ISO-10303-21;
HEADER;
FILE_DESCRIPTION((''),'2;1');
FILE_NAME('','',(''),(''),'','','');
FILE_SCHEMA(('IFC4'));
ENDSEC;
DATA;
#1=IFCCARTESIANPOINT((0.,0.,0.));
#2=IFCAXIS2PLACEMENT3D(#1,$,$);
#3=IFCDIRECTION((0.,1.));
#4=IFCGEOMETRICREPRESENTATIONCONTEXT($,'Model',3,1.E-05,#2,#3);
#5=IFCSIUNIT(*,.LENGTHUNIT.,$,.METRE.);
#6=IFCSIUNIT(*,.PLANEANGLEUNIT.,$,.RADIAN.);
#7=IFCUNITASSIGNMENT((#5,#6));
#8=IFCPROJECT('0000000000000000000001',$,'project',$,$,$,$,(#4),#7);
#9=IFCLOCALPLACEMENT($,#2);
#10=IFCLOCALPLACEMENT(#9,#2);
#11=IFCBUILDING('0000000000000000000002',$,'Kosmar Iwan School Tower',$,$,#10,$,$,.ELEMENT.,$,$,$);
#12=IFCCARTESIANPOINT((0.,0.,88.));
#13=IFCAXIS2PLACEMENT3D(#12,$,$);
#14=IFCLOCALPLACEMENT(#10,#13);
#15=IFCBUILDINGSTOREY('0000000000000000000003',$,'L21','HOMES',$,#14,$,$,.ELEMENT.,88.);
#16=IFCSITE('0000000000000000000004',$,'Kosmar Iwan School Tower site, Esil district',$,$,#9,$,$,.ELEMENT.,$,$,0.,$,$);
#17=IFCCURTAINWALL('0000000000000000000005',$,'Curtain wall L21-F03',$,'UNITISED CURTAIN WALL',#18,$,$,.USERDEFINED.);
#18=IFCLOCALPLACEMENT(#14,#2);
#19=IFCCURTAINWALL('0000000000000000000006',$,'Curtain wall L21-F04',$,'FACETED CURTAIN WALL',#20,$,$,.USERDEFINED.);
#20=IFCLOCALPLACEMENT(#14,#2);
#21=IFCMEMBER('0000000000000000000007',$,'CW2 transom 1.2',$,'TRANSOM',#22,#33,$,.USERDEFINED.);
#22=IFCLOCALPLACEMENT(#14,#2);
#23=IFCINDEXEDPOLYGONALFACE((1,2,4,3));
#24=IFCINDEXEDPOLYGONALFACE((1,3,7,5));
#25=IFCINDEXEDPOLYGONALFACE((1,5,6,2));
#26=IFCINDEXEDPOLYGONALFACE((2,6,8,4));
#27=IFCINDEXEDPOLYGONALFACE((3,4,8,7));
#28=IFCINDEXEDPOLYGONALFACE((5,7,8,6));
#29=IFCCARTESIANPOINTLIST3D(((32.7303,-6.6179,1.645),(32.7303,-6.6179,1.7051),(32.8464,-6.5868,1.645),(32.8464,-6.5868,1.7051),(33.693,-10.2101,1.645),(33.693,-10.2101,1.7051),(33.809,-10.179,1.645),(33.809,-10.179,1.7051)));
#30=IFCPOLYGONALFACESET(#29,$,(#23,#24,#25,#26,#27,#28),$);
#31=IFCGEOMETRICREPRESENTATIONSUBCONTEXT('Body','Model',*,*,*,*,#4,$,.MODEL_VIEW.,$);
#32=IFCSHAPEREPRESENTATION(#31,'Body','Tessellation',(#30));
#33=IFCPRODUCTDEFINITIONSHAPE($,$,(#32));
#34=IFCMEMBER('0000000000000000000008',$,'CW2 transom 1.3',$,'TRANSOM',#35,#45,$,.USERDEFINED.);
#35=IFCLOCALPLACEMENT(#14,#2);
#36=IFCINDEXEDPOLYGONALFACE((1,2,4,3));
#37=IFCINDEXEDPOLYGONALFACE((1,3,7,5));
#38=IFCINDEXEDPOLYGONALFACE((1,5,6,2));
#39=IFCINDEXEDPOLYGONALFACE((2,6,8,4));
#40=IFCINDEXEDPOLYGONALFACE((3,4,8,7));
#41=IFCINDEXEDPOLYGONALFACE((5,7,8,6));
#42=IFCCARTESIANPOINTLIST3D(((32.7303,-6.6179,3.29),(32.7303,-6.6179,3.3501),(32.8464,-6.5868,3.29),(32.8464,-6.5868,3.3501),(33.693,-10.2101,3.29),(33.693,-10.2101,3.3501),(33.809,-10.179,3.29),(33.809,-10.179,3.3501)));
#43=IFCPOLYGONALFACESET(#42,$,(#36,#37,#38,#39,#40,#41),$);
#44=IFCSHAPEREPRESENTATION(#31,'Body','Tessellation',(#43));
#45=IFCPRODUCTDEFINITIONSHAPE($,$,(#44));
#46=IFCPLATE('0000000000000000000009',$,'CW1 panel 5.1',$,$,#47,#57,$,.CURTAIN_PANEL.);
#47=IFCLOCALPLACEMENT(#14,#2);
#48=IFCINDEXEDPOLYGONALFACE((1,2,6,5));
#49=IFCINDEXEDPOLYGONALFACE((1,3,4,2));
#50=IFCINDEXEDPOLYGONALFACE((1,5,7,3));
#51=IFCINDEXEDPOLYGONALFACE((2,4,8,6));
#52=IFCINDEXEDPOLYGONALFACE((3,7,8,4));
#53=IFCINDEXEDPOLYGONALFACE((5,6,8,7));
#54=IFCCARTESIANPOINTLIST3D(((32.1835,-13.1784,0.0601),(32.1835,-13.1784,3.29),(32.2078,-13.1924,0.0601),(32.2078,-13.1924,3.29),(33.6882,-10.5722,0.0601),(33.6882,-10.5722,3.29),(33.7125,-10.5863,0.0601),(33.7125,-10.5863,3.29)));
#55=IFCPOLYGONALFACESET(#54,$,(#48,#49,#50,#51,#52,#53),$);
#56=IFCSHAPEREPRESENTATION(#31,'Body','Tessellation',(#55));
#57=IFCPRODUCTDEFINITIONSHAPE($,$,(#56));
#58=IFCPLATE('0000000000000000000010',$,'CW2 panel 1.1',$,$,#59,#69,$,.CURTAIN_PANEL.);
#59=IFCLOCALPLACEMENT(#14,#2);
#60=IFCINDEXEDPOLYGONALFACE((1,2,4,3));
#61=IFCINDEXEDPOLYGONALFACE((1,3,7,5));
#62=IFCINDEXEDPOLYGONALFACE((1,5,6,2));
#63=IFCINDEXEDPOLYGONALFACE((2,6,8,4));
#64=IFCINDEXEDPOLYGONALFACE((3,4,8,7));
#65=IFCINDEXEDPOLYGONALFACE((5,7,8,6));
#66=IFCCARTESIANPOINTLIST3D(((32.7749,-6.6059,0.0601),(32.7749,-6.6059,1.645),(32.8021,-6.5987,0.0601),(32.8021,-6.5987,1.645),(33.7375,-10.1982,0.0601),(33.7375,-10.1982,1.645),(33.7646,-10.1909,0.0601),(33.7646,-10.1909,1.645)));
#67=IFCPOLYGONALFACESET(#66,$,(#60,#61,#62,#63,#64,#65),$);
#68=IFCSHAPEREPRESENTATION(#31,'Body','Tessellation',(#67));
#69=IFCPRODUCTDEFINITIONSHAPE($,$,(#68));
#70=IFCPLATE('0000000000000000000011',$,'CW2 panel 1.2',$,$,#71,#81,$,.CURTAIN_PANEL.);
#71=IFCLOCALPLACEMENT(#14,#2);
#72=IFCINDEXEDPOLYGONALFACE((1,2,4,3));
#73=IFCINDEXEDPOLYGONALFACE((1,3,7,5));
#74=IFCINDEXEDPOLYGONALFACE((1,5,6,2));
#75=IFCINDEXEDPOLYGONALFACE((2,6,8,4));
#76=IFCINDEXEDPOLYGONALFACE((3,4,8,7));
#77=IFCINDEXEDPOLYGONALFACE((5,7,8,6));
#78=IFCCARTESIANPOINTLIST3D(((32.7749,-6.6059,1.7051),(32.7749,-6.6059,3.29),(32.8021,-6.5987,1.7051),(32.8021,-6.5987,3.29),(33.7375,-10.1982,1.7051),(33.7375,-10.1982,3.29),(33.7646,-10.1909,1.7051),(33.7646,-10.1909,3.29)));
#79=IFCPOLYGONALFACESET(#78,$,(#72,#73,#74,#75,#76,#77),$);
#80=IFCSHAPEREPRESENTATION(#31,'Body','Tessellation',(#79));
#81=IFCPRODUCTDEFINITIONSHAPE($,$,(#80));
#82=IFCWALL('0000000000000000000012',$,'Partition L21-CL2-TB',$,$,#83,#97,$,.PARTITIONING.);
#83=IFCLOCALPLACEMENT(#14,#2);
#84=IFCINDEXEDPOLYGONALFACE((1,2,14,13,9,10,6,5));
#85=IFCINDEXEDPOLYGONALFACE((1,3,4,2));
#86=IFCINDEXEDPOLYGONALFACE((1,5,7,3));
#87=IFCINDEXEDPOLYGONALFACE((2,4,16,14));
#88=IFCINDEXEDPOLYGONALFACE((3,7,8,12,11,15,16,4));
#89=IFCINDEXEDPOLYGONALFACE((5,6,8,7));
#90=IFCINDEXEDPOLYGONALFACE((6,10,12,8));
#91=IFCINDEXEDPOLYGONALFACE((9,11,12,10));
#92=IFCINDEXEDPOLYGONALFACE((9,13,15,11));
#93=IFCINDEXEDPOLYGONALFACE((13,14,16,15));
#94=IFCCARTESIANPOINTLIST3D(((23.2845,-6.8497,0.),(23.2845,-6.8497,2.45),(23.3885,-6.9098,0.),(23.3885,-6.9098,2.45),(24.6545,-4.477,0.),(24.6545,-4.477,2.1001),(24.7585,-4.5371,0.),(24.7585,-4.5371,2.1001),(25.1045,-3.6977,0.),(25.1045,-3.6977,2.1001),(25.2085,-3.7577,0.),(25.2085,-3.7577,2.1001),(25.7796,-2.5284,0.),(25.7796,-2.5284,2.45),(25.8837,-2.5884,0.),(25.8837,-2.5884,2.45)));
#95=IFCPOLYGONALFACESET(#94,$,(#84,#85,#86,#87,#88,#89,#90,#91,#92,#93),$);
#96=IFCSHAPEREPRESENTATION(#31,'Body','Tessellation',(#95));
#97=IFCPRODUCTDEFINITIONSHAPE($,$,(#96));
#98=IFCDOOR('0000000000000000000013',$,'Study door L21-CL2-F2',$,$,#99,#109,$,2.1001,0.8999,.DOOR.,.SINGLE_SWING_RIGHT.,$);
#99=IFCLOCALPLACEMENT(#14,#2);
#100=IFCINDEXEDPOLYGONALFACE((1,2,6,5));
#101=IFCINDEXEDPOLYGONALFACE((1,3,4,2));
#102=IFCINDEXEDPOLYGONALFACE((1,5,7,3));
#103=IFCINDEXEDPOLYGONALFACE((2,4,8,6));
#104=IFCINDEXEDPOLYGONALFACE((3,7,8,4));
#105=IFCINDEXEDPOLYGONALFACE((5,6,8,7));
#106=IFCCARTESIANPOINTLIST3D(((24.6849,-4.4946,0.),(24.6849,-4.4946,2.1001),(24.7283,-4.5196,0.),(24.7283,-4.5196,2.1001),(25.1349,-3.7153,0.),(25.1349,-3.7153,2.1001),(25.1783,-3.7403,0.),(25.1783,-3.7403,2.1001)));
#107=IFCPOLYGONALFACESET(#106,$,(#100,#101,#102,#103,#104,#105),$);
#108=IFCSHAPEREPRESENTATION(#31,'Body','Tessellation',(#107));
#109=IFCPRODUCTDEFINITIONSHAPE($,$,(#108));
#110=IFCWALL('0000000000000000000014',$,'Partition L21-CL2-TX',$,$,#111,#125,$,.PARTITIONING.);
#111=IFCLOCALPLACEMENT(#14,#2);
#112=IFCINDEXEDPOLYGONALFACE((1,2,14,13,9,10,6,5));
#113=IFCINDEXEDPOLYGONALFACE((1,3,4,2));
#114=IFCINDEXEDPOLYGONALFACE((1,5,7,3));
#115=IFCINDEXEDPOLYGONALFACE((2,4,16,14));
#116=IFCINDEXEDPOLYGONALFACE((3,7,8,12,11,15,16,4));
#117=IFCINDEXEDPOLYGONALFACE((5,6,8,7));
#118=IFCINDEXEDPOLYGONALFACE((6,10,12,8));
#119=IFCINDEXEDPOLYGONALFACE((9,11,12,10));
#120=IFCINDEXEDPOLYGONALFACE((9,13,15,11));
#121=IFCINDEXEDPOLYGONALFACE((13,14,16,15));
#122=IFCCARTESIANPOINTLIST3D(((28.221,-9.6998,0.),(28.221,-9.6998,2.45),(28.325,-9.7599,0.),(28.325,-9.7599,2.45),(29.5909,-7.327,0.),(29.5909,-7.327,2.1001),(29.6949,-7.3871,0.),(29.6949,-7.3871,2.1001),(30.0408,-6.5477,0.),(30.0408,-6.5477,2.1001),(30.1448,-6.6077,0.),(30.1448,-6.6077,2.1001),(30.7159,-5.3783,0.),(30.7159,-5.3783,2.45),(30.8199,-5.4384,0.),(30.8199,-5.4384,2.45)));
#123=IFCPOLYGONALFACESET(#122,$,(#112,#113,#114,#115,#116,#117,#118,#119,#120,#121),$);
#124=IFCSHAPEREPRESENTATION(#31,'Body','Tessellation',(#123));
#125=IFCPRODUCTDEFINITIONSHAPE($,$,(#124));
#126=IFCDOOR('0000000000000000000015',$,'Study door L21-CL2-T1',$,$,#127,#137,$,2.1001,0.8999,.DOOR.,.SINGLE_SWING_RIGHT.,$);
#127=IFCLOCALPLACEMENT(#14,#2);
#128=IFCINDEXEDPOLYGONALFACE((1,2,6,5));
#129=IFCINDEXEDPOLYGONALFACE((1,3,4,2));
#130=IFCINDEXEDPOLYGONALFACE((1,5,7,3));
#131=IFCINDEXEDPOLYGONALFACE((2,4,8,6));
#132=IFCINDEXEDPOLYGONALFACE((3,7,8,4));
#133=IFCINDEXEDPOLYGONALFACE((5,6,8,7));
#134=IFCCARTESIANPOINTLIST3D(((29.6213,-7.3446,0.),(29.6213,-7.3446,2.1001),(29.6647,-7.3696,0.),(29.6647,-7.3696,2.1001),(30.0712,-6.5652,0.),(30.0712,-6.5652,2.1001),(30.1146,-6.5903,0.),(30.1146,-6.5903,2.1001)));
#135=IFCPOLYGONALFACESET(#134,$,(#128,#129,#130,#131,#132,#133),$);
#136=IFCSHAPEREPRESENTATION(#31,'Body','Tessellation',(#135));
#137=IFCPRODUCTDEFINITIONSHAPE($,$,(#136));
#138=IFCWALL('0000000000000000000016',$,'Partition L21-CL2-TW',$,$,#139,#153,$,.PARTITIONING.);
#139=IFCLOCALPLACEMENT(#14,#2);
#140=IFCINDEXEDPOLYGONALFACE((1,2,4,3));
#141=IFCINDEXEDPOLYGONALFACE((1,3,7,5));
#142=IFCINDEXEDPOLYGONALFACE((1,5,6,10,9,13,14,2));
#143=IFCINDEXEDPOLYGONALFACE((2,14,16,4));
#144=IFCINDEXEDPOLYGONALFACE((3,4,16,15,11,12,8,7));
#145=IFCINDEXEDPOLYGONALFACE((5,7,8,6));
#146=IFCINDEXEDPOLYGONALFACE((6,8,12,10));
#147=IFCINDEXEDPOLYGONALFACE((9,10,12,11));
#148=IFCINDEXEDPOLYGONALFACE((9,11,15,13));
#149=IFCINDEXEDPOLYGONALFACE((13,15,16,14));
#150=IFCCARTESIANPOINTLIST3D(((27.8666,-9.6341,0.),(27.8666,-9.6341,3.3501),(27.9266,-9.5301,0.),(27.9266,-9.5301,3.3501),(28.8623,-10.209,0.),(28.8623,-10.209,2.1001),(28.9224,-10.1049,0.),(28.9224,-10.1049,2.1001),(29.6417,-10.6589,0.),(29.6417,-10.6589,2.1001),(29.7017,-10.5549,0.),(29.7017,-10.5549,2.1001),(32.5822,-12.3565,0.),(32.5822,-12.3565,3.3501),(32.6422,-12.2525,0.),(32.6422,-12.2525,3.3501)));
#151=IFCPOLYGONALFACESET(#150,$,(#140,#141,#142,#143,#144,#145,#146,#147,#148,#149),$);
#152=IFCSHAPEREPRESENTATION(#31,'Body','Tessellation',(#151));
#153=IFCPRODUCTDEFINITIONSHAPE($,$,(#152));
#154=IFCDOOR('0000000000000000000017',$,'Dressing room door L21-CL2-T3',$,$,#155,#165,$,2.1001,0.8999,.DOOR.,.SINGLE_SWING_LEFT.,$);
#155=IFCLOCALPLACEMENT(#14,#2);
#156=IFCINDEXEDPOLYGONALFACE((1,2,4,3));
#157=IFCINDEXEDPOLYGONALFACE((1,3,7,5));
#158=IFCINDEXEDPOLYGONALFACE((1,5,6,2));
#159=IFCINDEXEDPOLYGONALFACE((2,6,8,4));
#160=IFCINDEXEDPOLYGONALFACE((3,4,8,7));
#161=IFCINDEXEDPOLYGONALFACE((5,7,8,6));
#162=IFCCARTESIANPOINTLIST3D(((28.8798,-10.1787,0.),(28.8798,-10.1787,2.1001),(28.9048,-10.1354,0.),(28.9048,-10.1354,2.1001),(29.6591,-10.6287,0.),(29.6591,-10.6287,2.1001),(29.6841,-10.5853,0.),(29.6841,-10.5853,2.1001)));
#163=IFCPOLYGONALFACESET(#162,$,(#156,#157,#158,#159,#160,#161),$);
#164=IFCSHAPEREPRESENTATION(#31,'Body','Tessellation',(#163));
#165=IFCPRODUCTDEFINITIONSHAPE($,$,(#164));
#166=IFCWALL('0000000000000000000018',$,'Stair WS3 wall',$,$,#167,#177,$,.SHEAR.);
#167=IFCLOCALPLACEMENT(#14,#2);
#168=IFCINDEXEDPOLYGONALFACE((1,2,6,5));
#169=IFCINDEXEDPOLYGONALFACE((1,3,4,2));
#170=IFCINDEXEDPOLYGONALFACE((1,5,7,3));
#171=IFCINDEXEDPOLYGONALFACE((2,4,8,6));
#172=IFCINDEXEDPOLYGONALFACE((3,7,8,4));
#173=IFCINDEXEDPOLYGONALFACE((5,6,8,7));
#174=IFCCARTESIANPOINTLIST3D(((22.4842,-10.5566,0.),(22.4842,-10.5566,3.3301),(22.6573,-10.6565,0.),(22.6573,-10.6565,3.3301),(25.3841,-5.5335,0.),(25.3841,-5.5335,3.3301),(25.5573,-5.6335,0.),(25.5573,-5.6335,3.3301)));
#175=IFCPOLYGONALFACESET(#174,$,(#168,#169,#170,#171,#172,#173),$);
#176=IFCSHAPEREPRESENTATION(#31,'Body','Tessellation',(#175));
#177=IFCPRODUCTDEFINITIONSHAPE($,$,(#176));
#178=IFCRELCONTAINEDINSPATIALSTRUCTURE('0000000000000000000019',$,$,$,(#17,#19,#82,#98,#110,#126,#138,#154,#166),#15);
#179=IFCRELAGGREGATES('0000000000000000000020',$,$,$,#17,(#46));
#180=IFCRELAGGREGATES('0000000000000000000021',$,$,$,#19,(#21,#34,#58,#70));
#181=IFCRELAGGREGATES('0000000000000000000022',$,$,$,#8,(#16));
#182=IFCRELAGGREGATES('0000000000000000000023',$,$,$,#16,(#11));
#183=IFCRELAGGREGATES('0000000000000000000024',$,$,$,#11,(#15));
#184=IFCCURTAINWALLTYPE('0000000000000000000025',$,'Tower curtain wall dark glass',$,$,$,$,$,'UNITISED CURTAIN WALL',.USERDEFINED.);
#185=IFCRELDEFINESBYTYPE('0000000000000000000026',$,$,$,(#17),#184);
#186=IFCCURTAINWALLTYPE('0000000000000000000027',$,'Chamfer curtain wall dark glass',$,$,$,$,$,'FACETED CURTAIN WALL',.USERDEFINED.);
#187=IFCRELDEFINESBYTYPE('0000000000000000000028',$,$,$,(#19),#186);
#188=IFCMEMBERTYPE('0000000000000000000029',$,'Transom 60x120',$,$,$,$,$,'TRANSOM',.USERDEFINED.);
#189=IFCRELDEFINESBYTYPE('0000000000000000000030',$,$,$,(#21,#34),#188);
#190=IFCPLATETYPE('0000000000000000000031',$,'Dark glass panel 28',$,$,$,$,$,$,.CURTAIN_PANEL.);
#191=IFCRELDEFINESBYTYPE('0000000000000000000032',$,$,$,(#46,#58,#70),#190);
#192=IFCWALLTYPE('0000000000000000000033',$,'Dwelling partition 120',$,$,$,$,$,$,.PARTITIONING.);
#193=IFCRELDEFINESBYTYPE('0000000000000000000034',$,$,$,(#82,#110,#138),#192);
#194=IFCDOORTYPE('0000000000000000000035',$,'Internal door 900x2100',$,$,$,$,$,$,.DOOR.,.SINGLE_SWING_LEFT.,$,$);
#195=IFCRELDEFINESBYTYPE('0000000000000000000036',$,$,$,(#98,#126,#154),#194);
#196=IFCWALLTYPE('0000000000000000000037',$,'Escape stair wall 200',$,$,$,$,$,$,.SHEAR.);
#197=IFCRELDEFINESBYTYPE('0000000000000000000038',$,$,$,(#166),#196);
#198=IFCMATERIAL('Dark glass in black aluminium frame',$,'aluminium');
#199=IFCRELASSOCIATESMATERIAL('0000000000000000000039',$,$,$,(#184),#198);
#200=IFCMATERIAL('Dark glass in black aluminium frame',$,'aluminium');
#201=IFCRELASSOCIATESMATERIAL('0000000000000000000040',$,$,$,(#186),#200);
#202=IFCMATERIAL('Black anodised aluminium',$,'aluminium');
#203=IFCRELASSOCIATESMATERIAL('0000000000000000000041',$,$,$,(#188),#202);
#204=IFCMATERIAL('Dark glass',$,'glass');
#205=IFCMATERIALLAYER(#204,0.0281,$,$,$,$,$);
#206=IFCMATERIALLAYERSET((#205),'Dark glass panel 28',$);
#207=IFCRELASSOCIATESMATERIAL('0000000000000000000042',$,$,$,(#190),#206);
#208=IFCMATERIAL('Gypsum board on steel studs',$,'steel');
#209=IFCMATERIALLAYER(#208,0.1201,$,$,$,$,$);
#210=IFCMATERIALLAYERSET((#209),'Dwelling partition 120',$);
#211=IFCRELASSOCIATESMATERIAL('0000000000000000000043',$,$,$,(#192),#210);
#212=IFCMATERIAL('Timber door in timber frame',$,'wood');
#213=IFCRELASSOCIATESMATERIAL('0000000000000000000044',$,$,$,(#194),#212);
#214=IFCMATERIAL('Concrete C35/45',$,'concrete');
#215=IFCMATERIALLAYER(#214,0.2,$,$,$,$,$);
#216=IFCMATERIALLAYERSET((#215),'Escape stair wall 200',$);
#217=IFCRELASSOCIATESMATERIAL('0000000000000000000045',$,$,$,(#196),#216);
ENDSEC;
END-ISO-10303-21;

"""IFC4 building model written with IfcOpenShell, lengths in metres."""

from ifc_helpers import new_model, si_unit, direction, frame, frame_2d, origin, origin_2d, place, context, subcontext, project, spatial, rectangle, extrude, material, layer, layer_set, material_profile, profile_set, type_object, element, fill, aggregate, save


model = new_model("IFC4")

# Units and contexts
model_context = context("Model", 3, precision=1e-05, world=origin(), true_north=direction((0.0, 1.0)))
body_context = subcontext(model_context, "Body", "Model", "MODEL_VIEW")
ifc_project = project(units=[si_unit("LENGTHUNIT", "METRE"), si_unit("PLANEANGLEUNIT", "RADIAN")], contexts=[model_context])

# Site, building, storey
site_placement = place(None, origin())
site = spatial("IfcSite", under=ifc_project, at=site_placement, Name="Kosmar Iwan School Tower site, Esil district", CompositionType="ELEMENT", RefElevation=0.0)
building_placement = place(site_placement, origin())
building = spatial("IfcBuilding", under=site, at=building_placement, Name="Kosmar Iwan School Tower", CompositionType="ELEMENT")
storey_placement = place(building_placement, frame((0.0, 0.0, 88.0)))
storey = spatial("IfcBuildingStorey", under=building, at=storey_placement, Name="L21", Description="HOMES", CompositionType="ELEMENT", Elevation=88.0)

# Curtain wall
ifc_material_1 = material(Name="Dark glass in black aluminium frame", Category="aluminium")
curtain_wall_type_1 = type_object("IfcCurtainWallType", Name="Tower curtain wall dark glass", ElementType="UNITISED CURTAIN WALL", PredefinedType="USERDEFINED", material=ifc_material_1)
curtain_wall_1_placement = place(storey_placement, origin())
curtain_wall_1 = element("IfcCurtainWall", 1, at=curtain_wall_1_placement, inside=storey, type_object=curtain_wall_type_1, Name="Curtain wall L21-F03", ObjectType="UNITISED CURTAIN WALL", PredefinedType="USERDEFINED")

# Curtain wall
ifc_material_2 = material(Name="Dark glass in black aluminium frame", Category="aluminium")
curtain_wall_type_2 = type_object("IfcCurtainWallType", Name="Chamfer curtain wall dark glass", ElementType="FACETED CURTAIN WALL", PredefinedType="USERDEFINED", material=ifc_material_2)
curtain_wall_2_placement = place(storey_placement, origin())
curtain_wall_2 = element("IfcCurtainWall", 2, at=curtain_wall_2_placement, inside=storey, type_object=curtain_wall_type_2, Name="Curtain wall L21-F04", ObjectType="FACETED CURTAIN WALL", PredefinedType="USERDEFINED")

# Members
ifc_material_3 = material(Name="Black anodised aluminium", Category="aluminium")
ifc_material_profile_1 = material_profile(ifc_material_3, rectangle(XDim=0.1201, YDim=0.0601, at=origin_2d()), Name="TRANSOM 60x120")
ifc_profile_set_1 = profile_set([ifc_material_profile_1], Name="Black anodised aluminium")
member_type_1 = type_object("IfcMemberType", Name="Transom 60x120", ElementType="TRANSOM", PredefinedType="USERDEFINED", material=ifc_profile_set_1)
member_1_placement = place(storey_placement, frame((33.751, -10.1946, 1.675), z_axis=(-0.258843, 0.965919, 0.0), x_axis=(-0.965919, -0.258843, 0.0)))
member_1 = element("IfcMember", 3, at=member_1_placement, type_object=member_type_1, Name="CW2 transom 1.2", ObjectType="TRANSOM", PredefinedType="USERDEFINED", context=body_context, shape_type="SweptSolid", body=[
    extrude(rectangle(XDim=0.1201, YDim=0.0601, at=origin_2d()), origin(), (0.0, 0.0, 1.0), 3.719),
])
member_2_placement = place(storey_placement, frame((33.751, -10.1946, 3.3201), z_axis=(-0.258843, 0.965919, 0.0), x_axis=(-0.965919, -0.258843, 0.0)))
member_2 = element("IfcMember", 4, at=member_2_placement, type_object=member_type_1, Name="CW2 transom 1.3", ObjectType="TRANSOM", PredefinedType="USERDEFINED", context=body_context, shape_type="SweptSolid", body=[
    extrude(rectangle(XDim=0.1201, YDim=0.0601, at=origin_2d()), origin(), (0.0, 0.0, 1.0), 3.719),
])

# Plates
ifc_material_4 = material(Name="Dark glass", Category="glass")
ifc_layer_1 = layer(ifc_material_4, 0.0281)
ifc_layer_set_1 = layer_set([ifc_layer_1], Name="Dark glass panel 28")
plate_type = type_object("IfcPlateType", Name="Dark glass panel 28", PredefinedType="CURTAIN_PANEL", material=ifc_layer_set_1)
plate_1_placement = place(storey_placement, frame((32.948, -11.8823, 0.0601), z_axis=(0.0, 0.0, 1.0), x_axis=(0.5, 0.866025, 0.0)))
plate_1 = element("IfcPlate", 5, at=plate_1_placement, type_object=plate_type, Name="CW1 panel 5.1", PredefinedType="CURTAIN_PANEL", context=body_context, shape_type="SweptSolid", body=[
    extrude(rectangle(XDim=3.0093, YDim=0.0281, at=origin_2d()), origin(), (0.0, 0.0, 1.0), 3.23),
])
aggregate(curtain_wall_1, [plate_1])
plate_2_placement = place(storey_placement, frame((33.2698, -8.3984, 0.0601), z_axis=(0.0, 0.0, 1.0), x_axis=(-0.258819, 0.965926, 0.0)))
plate_2 = element("IfcPlate", 6, at=plate_2_placement, type_object=plate_type, Name="CW2 panel 1.1", PredefinedType="CURTAIN_PANEL", context=body_context, shape_type="SweptSolid", body=[
    extrude(rectangle(XDim=3.719, YDim=0.0281, at=origin_2d()), origin(), (0.0, 0.0, 1.0), 1.585),
])
plate_3_placement = place(storey_placement, frame((33.2698, -8.3984, 1.7051), z_axis=(0.0, 0.0, 1.0), x_axis=(-0.258819, 0.965926, 0.0)))
plate_3 = element("IfcPlate", 7, at=plate_3_placement, type_object=plate_type, Name="CW2 panel 1.2", PredefinedType="CURTAIN_PANEL", context=body_context, shape_type="SweptSolid", body=[
    extrude(rectangle(XDim=3.719, YDim=0.0281, at=origin_2d()), origin(), (0.0, 0.0, 1.0), 1.585),
])
aggregate(curtain_wall_2, [member_1, member_2, plate_2, plate_3])

# Walls, openings, doors
ifc_material_5 = material(Name="Gypsum board on steel studs", Category="steel")
ifc_layer_2 = layer(ifc_material_5, 0.1201)
ifc_layer_set_2 = layer_set([ifc_layer_2], Name="Dwelling partition 120")
wall_type_1 = type_object("IfcWallType", Name="Dwelling partition 120", PredefinedType="PARTITIONING", material=ifc_layer_set_2)
wall_1_placement = place(storey_placement, frame((23.3364, -6.8799, 0.0), z_axis=(0.0, 0.0, 1.0), x_axis=(0.500033, 0.866006, 0.0)))
wall_1 = element("IfcWall", 8, at=wall_1_placement, inside=storey, type_object=wall_type_1, Name="Partition L21-CL2-TB", PredefinedType="PARTITIONING", context=body_context, shape_type="SweptSolid", body=[
    extrude(rectangle(XDim=4.99, YDim=0.1201, at=frame_2d((2.4951, 0.0))), origin(), (0.0, 0.0, 1.0), 2.45),
])
opening_1_placement = place(wall_1_placement, frame((2.74, 0.0, 0.0)))
opening_1 = element("IfcOpeningElement", 9, at=opening_1_placement, cuts=wall_1, PredefinedType="OPENING", context=body_context, shape_type="SweptSolid", body=[
    extrude(rectangle(XDim=0.8999, YDim=2.1001, at=frame_2d((0.45, 1.05))), frame((0.0, 0.072, 0.0), z_axis=(0.0, -1.0, 0.0), x_axis=(1.0, 0.0, 0.0)), (0.0, 0.0, 1.0), 0.144),
])
ifc_material_6 = material(Name="Timber door in timber frame", Category="wood")
door_type = type_object("IfcDoorType", Name="Internal door 900x2100", OperationType="SINGLE_SWING_LEFT", PredefinedType="DOOR", material=ifc_material_6)
door_1_placement = place(opening_1_placement, origin())
door_1 = element("IfcDoor", 10, at=door_1_placement, inside=storey, type_object=door_type, Name="Study door L21-CL2-F2", OperationType="SINGLE_SWING_RIGHT", OverallHeight=2.1001, OverallWidth=0.8999, PredefinedType="DOOR", context=body_context, shape_type="SweptSolid", body=[
    extrude(rectangle(XDim=0.8999, YDim=2.1001, at=frame_2d((0.45, 1.05))), frame((0.0, 0.0249, 0.0), z_axis=(0.0, -1.0, 0.0), x_axis=(1.0, 0.0, 0.0)), (0.0, 0.0, 1.0), 0.05),
])
fill(opening_1, door_1)
wall_2_placement = place(storey_placement, frame((28.2729, -9.73, 0.0), z_axis=(0.0, 0.0, 1.0), x_axis=(0.499975, 0.86604, 0.0)))
wall_2 = element("IfcWall", 11, at=wall_2_placement, inside=storey, type_object=wall_type_1, Name="Partition L21-CL2-TX", PredefinedType="PARTITIONING", context=body_context, shape_type="SweptSolid", body=[
    extrude(rectangle(XDim=4.99, YDim=0.1201, at=frame_2d((2.4951, 0.0))), origin(), (0.0, 0.0, 1.0), 2.45),
])
opening_2_placement = place(wall_2_placement, frame((2.74, 0.0, 0.0)))
opening_2 = element("IfcOpeningElement", 12, at=opening_2_placement, cuts=wall_2, PredefinedType="OPENING", context=body_context, shape_type="SweptSolid", body=[
    extrude(rectangle(XDim=0.8999, YDim=2.1001, at=frame_2d((0.45, 1.05))), frame((0.0, 0.072, 0.0), z_axis=(0.0, -1.0, 0.0), x_axis=(1.0, 0.0, 0.0)), (0.0, 0.0, 1.0), 0.144),
])
door_2_placement = place(opening_2_placement, origin())
door_2 = element("IfcDoor", 13, at=door_2_placement, inside=storey, type_object=door_type, Name="Study door L21-CL2-T1", OperationType="SINGLE_SWING_RIGHT", OverallHeight=2.1001, OverallWidth=0.8999, PredefinedType="DOOR", context=body_context, shape_type="SweptSolid", body=[
    extrude(rectangle(XDim=0.8999, YDim=2.1001, at=frame_2d((0.45, 1.05))), frame((0.0, 0.0249, 0.0), z_axis=(0.0, -1.0, 0.0), x_axis=(1.0, 0.0, 0.0)), (0.0, 0.0, 1.0), 0.05),
])
fill(opening_2, door_2)
wall_3_placement = place(storey_placement, frame((27.8965, -9.582, 0.0), z_axis=(0.0, 0.0, 1.0), x_axis=(0.866036, -0.499982, 0.0)))
wall_3 = element("IfcWall", 14, at=wall_3_placement, inside=storey, type_object=wall_type_1, Name="Partition L21-CL2-TW", PredefinedType="PARTITIONING", context=body_context, shape_type="SweptSolid", body=[
    extrude(rectangle(XDim=5.4451, YDim=0.1201, at=frame_2d((2.7227, 0.0))), origin(), (0.0, 0.0, 1.0), 3.3501),
])
opening_3_placement = place(wall_3_placement, frame((1.1499, 0.0, 0.0)))
opening_3 = element("IfcOpeningElement", 15, at=opening_3_placement, cuts=wall_3, PredefinedType="OPENING", context=body_context, shape_type="SweptSolid", body=[
    extrude(rectangle(XDim=0.8999, YDim=2.1001, at=frame_2d((0.45, 1.05))), frame((0.0, 0.072, 0.0), z_axis=(0.0, -1.0, 0.0), x_axis=(1.0, 0.0, 0.0)), (0.0, 0.0, 1.0), 0.144),
])
door_3_placement = place(opening_3_placement, origin())
door_3 = element("IfcDoor", 16, at=door_3_placement, inside=storey, type_object=door_type, Name="Dressing room door L21-CL2-T3", OperationType="SINGLE_SWING_LEFT", OverallHeight=2.1001, OverallWidth=0.8999, PredefinedType="DOOR", context=body_context, shape_type="SweptSolid", body=[
    extrude(rectangle(XDim=0.8999, YDim=2.1001, at=frame_2d((0.45, 1.05))), frame((0.0, 0.0249, 0.0), z_axis=(0.0, -1.0, 0.0), x_axis=(1.0, 0.0, 0.0)), (0.0, 0.0, 1.0), 0.05),
])
fill(opening_3, door_3)

# Wall
ifc_material_7 = material(Name="Concrete C35/45", Category="concrete")
ifc_layer_3 = layer(ifc_material_7, 0.2)
ifc_layer_set_3 = layer_set([ifc_layer_3], Name="Escape stair wall 200")
wall_type_2 = type_object("IfcWallType", Name="Escape stair wall 200", PredefinedType="SHEAR", material=ifc_layer_set_3)
for number, where, z_axis, x_axis, name in (
    (17, (22.5708, -10.6064, 0.0), (0.0, 0.0, 1.0), (0.499987, 0.866033, 0.0), "Stair WS3 wall"),
):
    element("IfcWall", number, at=place(storey_placement, frame(where, z_axis=z_axis, x_axis=x_axis)), inside=storey, type_object=wall_type_2, Name=name, PredefinedType="SHEAR", context=body_context, shape_type="SweptSolid", body=[
        extrude(rectangle(XDim=5.8, YDim=0.2, at=frame_2d((2.8999, 0.0))), origin(), (0.0, 0.0, 1.0), 3.3301),
    ])

save(model, "model.ifc")
